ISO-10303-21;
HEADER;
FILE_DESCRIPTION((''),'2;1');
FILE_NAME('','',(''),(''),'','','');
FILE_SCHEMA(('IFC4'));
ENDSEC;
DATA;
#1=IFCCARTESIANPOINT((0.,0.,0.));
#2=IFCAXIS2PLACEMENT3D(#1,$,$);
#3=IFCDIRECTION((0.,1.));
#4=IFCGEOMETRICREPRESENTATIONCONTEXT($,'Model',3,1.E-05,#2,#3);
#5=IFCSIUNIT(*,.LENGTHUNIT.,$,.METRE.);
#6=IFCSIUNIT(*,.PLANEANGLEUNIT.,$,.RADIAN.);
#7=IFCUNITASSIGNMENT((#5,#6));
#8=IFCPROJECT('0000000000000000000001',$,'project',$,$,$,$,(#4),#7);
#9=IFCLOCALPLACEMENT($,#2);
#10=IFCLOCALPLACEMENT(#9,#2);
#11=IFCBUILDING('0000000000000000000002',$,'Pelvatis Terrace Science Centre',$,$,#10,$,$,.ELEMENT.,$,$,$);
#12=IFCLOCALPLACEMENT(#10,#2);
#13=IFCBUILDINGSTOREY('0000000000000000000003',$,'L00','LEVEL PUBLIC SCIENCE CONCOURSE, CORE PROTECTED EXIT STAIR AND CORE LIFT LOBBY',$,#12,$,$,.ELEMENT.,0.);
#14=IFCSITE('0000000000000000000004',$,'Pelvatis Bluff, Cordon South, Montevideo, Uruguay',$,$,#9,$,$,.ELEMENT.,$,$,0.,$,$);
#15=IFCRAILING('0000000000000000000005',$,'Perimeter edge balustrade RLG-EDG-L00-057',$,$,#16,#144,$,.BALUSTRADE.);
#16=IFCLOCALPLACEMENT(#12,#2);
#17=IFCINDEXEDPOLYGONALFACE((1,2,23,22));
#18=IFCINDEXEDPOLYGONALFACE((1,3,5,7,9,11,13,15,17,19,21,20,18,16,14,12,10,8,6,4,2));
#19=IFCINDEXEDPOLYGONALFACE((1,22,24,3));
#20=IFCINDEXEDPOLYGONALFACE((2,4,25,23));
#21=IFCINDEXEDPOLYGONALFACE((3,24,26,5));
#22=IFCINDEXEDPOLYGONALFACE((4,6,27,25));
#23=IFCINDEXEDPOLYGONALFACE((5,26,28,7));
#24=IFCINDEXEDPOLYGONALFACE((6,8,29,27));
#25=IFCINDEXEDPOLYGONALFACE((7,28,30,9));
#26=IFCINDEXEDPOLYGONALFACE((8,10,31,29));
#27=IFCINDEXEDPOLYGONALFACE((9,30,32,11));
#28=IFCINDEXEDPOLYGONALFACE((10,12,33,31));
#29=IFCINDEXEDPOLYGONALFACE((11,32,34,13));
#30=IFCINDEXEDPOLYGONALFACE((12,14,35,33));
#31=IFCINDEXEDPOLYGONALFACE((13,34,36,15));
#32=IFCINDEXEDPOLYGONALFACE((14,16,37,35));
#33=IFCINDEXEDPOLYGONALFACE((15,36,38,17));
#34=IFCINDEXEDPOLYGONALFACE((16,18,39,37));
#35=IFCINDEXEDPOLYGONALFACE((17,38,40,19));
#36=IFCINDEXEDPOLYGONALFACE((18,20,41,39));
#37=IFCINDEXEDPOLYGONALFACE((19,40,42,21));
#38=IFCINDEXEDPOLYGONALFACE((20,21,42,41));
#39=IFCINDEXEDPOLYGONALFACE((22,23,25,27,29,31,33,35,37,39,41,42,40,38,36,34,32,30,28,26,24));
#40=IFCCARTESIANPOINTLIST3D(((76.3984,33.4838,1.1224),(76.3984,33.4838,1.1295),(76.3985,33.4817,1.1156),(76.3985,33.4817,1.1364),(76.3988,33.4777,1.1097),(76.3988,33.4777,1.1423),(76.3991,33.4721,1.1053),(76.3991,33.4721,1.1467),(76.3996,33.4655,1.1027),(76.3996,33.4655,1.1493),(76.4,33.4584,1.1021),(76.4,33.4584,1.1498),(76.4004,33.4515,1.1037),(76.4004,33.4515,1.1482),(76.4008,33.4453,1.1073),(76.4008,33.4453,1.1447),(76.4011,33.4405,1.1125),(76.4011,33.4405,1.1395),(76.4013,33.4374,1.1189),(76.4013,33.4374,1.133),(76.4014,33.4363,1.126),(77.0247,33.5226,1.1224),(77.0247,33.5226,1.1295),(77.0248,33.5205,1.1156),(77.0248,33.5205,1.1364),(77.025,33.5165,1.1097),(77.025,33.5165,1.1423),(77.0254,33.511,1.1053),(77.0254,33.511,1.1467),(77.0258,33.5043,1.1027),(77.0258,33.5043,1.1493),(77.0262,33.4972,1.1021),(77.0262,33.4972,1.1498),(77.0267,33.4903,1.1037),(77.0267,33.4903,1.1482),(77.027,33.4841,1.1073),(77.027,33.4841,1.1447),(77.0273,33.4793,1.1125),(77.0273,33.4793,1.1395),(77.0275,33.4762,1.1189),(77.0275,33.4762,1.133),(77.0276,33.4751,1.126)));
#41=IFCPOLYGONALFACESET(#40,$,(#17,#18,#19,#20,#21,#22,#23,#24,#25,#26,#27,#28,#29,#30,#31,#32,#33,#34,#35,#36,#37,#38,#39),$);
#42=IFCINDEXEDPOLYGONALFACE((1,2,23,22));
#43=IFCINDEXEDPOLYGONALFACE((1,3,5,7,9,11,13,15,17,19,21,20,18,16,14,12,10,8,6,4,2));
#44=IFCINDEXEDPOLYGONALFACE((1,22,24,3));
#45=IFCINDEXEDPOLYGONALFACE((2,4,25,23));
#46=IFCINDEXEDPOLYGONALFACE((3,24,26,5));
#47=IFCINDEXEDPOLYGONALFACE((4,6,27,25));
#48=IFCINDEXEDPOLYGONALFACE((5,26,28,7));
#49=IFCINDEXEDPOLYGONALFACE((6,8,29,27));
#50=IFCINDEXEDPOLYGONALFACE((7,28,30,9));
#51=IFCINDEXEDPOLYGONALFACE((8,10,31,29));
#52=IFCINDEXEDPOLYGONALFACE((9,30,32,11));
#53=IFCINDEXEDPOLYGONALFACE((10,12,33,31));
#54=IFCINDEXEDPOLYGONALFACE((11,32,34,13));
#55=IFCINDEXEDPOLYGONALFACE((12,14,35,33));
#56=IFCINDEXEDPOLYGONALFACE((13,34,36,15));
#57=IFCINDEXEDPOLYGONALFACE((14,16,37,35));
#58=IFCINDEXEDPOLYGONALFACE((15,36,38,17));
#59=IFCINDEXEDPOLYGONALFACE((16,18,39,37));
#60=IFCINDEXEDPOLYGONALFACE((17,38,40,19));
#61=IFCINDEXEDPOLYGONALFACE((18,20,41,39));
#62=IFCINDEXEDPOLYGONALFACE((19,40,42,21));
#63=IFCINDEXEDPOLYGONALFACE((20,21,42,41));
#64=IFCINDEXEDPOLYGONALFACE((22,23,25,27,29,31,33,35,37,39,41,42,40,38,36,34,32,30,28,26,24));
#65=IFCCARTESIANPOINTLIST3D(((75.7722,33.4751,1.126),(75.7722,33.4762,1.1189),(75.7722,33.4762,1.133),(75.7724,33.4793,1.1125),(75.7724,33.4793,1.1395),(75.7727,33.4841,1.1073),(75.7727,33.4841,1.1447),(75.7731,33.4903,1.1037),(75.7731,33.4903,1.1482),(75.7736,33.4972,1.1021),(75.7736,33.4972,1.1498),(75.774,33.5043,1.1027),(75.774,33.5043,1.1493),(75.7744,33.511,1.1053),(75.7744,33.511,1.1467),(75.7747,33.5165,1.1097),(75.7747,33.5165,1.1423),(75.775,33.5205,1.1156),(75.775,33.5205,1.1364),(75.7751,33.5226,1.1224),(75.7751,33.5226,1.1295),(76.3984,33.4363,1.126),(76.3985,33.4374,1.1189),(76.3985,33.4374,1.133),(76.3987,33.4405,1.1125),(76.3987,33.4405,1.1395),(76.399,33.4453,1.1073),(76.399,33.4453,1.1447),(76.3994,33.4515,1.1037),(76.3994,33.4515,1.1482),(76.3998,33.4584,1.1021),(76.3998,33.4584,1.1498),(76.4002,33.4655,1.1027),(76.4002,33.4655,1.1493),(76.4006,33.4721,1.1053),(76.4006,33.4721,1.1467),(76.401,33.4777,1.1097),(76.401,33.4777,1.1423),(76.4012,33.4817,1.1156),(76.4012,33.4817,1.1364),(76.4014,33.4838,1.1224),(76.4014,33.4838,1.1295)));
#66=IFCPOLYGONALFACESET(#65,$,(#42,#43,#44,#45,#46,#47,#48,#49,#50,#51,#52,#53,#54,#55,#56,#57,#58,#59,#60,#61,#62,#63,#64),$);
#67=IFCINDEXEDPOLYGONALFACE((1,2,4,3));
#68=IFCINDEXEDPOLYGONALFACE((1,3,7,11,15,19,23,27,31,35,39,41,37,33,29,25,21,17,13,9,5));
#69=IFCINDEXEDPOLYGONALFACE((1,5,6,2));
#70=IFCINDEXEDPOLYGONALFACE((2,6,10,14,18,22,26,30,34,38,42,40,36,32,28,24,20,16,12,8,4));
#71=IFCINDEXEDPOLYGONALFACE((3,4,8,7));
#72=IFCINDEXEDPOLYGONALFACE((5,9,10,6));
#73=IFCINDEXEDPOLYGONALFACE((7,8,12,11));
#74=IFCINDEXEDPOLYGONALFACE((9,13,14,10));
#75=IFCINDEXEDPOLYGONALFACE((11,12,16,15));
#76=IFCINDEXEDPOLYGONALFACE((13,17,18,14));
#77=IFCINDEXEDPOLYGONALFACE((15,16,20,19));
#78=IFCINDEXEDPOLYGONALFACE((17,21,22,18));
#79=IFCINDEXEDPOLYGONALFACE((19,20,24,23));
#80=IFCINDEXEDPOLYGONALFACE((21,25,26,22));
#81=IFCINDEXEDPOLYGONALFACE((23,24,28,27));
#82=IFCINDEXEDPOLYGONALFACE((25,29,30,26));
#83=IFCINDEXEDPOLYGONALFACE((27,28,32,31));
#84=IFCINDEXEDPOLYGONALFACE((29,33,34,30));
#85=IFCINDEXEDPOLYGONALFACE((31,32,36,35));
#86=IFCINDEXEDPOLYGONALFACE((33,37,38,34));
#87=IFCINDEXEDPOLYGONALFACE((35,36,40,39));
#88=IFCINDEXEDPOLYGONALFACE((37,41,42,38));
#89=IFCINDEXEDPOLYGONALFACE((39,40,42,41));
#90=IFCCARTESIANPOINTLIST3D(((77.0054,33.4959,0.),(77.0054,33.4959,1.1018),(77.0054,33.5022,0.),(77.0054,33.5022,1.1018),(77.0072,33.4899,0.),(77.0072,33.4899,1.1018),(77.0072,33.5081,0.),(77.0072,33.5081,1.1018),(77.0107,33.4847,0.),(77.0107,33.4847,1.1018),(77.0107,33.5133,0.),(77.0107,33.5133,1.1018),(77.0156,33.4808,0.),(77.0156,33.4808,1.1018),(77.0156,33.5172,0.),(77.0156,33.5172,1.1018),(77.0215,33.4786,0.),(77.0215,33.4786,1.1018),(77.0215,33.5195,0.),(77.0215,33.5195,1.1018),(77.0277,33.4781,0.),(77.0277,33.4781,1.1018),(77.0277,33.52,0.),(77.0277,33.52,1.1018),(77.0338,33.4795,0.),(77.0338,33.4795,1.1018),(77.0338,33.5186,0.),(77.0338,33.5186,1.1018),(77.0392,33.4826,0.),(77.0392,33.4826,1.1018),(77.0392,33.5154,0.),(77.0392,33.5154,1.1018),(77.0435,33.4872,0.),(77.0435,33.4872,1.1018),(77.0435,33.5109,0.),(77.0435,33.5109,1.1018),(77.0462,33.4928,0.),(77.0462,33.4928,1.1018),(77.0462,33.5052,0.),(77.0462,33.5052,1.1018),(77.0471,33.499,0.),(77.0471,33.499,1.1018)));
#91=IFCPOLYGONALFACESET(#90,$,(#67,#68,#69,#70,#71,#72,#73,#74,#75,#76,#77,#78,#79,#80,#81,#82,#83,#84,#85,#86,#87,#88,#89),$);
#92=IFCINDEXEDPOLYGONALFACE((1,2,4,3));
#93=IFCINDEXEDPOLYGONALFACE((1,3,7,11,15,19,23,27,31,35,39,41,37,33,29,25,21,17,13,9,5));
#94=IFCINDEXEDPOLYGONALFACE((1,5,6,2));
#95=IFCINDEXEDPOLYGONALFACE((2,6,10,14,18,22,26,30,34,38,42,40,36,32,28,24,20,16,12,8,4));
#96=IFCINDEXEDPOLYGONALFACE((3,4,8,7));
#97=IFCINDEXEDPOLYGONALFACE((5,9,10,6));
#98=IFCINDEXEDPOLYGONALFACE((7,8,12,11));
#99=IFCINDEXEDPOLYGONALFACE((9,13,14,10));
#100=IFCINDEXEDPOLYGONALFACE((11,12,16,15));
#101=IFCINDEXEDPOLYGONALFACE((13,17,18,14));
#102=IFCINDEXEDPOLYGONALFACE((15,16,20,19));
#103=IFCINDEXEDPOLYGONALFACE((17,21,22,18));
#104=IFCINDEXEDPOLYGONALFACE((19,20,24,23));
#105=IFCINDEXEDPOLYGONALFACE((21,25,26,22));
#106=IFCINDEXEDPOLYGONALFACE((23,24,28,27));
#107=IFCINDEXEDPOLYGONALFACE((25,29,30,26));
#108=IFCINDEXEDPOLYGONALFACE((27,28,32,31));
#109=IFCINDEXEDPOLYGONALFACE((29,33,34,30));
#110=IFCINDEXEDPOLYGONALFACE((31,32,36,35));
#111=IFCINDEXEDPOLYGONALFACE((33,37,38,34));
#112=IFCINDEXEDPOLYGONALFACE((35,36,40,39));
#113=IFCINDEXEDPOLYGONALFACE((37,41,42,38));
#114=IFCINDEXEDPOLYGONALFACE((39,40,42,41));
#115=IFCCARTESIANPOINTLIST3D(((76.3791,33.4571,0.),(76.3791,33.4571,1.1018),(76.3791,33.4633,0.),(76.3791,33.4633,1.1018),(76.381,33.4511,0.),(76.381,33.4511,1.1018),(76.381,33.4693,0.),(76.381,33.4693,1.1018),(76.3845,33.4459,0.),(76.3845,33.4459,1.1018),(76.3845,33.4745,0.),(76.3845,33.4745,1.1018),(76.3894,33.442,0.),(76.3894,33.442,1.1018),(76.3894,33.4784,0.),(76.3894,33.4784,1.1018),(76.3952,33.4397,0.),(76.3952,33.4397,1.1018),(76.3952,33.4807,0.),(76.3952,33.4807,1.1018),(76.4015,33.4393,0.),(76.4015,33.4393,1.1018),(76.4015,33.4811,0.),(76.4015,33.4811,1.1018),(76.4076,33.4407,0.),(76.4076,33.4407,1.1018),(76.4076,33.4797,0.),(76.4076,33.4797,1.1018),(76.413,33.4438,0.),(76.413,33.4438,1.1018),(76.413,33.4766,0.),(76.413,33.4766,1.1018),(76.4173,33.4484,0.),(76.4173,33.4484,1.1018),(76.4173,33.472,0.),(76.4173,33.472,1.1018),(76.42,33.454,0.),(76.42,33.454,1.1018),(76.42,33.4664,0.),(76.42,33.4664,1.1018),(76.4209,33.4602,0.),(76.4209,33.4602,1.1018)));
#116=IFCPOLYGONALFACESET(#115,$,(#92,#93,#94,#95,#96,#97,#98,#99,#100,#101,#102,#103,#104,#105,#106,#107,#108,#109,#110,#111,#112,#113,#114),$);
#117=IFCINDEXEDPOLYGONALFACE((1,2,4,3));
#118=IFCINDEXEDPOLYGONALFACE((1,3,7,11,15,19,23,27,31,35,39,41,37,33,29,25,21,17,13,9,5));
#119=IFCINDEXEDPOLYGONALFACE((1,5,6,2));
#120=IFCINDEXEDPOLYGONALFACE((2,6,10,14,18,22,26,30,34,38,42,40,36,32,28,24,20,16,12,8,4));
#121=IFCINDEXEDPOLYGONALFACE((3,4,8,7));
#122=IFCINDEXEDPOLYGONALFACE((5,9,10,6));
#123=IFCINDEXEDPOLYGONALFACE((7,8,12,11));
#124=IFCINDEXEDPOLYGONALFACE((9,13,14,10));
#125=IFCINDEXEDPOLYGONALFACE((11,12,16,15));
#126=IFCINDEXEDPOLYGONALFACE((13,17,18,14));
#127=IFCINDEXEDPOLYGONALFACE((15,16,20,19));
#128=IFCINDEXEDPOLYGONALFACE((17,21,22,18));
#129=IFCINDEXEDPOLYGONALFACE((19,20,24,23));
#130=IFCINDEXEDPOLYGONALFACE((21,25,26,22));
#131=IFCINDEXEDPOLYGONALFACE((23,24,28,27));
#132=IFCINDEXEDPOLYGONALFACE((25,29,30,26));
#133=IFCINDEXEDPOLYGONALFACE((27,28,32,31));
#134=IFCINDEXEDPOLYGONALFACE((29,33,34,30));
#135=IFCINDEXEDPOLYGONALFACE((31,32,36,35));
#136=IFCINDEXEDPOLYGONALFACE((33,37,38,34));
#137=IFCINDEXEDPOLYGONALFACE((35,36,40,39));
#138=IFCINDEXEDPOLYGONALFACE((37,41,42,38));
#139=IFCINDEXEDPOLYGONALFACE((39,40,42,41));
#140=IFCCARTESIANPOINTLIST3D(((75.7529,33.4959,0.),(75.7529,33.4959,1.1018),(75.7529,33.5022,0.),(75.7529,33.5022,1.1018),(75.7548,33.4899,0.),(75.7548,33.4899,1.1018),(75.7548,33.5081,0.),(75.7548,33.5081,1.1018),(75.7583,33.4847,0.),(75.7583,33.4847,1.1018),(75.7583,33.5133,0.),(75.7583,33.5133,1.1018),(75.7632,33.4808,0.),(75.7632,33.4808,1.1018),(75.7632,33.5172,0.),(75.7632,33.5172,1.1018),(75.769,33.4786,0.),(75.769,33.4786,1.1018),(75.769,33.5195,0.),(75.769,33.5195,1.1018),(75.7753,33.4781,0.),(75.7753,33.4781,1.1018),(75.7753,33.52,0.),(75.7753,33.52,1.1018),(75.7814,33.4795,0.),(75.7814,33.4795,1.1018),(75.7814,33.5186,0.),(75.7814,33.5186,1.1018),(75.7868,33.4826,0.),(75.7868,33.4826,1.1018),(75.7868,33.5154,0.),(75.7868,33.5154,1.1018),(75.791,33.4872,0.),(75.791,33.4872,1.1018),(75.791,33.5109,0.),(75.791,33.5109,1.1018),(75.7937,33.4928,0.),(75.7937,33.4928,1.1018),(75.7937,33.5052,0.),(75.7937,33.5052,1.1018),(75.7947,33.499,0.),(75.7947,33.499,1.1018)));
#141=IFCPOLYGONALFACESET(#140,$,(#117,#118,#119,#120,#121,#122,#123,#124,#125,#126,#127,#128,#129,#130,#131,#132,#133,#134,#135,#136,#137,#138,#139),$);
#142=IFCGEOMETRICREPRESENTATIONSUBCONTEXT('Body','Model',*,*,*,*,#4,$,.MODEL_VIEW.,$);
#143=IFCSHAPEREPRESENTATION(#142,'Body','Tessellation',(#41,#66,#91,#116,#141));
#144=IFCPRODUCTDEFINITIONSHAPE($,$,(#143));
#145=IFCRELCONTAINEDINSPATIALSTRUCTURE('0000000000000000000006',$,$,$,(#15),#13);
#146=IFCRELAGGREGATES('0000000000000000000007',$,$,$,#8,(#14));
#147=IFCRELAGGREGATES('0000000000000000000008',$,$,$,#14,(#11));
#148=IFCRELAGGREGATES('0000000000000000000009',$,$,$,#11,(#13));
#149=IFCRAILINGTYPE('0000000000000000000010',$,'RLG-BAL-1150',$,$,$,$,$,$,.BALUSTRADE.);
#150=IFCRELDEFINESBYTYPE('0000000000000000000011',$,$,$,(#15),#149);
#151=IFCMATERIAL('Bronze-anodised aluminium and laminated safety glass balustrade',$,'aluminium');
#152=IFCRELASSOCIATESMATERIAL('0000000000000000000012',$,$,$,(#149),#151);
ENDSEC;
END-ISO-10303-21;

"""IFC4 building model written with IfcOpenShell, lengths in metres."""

from ifc_helpers import new_model, si_unit, direction, frame, origin, origin_2d, place, context, subcontext, project, spatial, circle, extrude, material, type_object, element, save


model = new_model("IFC4")

# Units and contexts
model_context = context("Model", 3, precision=1e-05, world=origin(), true_north=direction((0.0, 1.0)))
body_context = subcontext(model_context, "Body", "Model", "MODEL_VIEW")
ifc_project = project(units=[si_unit("LENGTHUNIT", "METRE"), si_unit("PLANEANGLEUNIT", "RADIAN")], contexts=[model_context])

# Site, building, storey
site_placement = place(None, origin())
site = spatial("IfcSite", under=ifc_project, at=site_placement, Name="Pelvatis Bluff, Cordon South, Montevideo, Uruguay", CompositionType="ELEMENT", RefElevation=0.0)
building_placement = place(site_placement, origin())
building = spatial("IfcBuilding", under=site, at=building_placement, Name="Pelvatis Terrace Science Centre", CompositionType="ELEMENT")
storey_placement = place(building_placement, origin())
storey = spatial("IfcBuildingStorey", under=building, at=storey_placement, Name="L00", Description="LEVEL PUBLIC SCIENCE CONCOURSE, CORE PROTECTED EXIT STAIR AND CORE LIFT LOBBY", CompositionType="ELEMENT", Elevation=0.0)

# Railing
ifc_material_1 = material(Name="Bronze-anodised aluminium and laminated safety glass balustrade", Category="aluminium")
railing_type = type_object("IfcRailingType", Name="RLG-BAL-1150", PredefinedType="BALUSTRADE", material=ifc_material_1)
railing_1_placement = place(storey_placement, frame((77.0261, 33.499, 0.0)))
element("IfcRailing", 1, at=railing_1_placement, inside=storey, type_object=railing_type, Name="Perimeter edge balustrade RLG-EDG-L00-057", PredefinedType="BALUSTRADE", context=body_context, shape_type="SweptSolid", body=[
    extrude(circle(Radius=0.0239, at=origin_2d()), frame((0.0, 0.0, 1.126), z_axis=(-0.998084, -0.06187, 0.0), x_axis=(0.06187, -0.998084, 0.0)), (0.0, 0.0, 1.0), 0.6274),
    extrude(circle(Radius=0.0239, at=origin_2d()), frame((-0.6262, -0.0388, 1.126), z_axis=(-0.998084, 0.06187, 0.0), x_axis=(-0.06187, -0.998084, 0.0)), (0.0, 0.0, 1.0), 0.6274),
    extrude(circle(Radius=0.021, at=origin_2d()), origin(), (0.0, 0.0, 1.0), 1.1018),
    extrude(circle(Radius=0.021, at=origin_2d()), frame((-0.6262, -0.0388, 0.0)), (0.0, 0.0, 1.0), 1.1018),
    extrude(circle(Radius=0.021, at=origin_2d()), frame((-1.2524, 0.0, 0.0)), (0.0, 0.0, 1.0), 1.1018),
])

save(model, "model.ifc")
